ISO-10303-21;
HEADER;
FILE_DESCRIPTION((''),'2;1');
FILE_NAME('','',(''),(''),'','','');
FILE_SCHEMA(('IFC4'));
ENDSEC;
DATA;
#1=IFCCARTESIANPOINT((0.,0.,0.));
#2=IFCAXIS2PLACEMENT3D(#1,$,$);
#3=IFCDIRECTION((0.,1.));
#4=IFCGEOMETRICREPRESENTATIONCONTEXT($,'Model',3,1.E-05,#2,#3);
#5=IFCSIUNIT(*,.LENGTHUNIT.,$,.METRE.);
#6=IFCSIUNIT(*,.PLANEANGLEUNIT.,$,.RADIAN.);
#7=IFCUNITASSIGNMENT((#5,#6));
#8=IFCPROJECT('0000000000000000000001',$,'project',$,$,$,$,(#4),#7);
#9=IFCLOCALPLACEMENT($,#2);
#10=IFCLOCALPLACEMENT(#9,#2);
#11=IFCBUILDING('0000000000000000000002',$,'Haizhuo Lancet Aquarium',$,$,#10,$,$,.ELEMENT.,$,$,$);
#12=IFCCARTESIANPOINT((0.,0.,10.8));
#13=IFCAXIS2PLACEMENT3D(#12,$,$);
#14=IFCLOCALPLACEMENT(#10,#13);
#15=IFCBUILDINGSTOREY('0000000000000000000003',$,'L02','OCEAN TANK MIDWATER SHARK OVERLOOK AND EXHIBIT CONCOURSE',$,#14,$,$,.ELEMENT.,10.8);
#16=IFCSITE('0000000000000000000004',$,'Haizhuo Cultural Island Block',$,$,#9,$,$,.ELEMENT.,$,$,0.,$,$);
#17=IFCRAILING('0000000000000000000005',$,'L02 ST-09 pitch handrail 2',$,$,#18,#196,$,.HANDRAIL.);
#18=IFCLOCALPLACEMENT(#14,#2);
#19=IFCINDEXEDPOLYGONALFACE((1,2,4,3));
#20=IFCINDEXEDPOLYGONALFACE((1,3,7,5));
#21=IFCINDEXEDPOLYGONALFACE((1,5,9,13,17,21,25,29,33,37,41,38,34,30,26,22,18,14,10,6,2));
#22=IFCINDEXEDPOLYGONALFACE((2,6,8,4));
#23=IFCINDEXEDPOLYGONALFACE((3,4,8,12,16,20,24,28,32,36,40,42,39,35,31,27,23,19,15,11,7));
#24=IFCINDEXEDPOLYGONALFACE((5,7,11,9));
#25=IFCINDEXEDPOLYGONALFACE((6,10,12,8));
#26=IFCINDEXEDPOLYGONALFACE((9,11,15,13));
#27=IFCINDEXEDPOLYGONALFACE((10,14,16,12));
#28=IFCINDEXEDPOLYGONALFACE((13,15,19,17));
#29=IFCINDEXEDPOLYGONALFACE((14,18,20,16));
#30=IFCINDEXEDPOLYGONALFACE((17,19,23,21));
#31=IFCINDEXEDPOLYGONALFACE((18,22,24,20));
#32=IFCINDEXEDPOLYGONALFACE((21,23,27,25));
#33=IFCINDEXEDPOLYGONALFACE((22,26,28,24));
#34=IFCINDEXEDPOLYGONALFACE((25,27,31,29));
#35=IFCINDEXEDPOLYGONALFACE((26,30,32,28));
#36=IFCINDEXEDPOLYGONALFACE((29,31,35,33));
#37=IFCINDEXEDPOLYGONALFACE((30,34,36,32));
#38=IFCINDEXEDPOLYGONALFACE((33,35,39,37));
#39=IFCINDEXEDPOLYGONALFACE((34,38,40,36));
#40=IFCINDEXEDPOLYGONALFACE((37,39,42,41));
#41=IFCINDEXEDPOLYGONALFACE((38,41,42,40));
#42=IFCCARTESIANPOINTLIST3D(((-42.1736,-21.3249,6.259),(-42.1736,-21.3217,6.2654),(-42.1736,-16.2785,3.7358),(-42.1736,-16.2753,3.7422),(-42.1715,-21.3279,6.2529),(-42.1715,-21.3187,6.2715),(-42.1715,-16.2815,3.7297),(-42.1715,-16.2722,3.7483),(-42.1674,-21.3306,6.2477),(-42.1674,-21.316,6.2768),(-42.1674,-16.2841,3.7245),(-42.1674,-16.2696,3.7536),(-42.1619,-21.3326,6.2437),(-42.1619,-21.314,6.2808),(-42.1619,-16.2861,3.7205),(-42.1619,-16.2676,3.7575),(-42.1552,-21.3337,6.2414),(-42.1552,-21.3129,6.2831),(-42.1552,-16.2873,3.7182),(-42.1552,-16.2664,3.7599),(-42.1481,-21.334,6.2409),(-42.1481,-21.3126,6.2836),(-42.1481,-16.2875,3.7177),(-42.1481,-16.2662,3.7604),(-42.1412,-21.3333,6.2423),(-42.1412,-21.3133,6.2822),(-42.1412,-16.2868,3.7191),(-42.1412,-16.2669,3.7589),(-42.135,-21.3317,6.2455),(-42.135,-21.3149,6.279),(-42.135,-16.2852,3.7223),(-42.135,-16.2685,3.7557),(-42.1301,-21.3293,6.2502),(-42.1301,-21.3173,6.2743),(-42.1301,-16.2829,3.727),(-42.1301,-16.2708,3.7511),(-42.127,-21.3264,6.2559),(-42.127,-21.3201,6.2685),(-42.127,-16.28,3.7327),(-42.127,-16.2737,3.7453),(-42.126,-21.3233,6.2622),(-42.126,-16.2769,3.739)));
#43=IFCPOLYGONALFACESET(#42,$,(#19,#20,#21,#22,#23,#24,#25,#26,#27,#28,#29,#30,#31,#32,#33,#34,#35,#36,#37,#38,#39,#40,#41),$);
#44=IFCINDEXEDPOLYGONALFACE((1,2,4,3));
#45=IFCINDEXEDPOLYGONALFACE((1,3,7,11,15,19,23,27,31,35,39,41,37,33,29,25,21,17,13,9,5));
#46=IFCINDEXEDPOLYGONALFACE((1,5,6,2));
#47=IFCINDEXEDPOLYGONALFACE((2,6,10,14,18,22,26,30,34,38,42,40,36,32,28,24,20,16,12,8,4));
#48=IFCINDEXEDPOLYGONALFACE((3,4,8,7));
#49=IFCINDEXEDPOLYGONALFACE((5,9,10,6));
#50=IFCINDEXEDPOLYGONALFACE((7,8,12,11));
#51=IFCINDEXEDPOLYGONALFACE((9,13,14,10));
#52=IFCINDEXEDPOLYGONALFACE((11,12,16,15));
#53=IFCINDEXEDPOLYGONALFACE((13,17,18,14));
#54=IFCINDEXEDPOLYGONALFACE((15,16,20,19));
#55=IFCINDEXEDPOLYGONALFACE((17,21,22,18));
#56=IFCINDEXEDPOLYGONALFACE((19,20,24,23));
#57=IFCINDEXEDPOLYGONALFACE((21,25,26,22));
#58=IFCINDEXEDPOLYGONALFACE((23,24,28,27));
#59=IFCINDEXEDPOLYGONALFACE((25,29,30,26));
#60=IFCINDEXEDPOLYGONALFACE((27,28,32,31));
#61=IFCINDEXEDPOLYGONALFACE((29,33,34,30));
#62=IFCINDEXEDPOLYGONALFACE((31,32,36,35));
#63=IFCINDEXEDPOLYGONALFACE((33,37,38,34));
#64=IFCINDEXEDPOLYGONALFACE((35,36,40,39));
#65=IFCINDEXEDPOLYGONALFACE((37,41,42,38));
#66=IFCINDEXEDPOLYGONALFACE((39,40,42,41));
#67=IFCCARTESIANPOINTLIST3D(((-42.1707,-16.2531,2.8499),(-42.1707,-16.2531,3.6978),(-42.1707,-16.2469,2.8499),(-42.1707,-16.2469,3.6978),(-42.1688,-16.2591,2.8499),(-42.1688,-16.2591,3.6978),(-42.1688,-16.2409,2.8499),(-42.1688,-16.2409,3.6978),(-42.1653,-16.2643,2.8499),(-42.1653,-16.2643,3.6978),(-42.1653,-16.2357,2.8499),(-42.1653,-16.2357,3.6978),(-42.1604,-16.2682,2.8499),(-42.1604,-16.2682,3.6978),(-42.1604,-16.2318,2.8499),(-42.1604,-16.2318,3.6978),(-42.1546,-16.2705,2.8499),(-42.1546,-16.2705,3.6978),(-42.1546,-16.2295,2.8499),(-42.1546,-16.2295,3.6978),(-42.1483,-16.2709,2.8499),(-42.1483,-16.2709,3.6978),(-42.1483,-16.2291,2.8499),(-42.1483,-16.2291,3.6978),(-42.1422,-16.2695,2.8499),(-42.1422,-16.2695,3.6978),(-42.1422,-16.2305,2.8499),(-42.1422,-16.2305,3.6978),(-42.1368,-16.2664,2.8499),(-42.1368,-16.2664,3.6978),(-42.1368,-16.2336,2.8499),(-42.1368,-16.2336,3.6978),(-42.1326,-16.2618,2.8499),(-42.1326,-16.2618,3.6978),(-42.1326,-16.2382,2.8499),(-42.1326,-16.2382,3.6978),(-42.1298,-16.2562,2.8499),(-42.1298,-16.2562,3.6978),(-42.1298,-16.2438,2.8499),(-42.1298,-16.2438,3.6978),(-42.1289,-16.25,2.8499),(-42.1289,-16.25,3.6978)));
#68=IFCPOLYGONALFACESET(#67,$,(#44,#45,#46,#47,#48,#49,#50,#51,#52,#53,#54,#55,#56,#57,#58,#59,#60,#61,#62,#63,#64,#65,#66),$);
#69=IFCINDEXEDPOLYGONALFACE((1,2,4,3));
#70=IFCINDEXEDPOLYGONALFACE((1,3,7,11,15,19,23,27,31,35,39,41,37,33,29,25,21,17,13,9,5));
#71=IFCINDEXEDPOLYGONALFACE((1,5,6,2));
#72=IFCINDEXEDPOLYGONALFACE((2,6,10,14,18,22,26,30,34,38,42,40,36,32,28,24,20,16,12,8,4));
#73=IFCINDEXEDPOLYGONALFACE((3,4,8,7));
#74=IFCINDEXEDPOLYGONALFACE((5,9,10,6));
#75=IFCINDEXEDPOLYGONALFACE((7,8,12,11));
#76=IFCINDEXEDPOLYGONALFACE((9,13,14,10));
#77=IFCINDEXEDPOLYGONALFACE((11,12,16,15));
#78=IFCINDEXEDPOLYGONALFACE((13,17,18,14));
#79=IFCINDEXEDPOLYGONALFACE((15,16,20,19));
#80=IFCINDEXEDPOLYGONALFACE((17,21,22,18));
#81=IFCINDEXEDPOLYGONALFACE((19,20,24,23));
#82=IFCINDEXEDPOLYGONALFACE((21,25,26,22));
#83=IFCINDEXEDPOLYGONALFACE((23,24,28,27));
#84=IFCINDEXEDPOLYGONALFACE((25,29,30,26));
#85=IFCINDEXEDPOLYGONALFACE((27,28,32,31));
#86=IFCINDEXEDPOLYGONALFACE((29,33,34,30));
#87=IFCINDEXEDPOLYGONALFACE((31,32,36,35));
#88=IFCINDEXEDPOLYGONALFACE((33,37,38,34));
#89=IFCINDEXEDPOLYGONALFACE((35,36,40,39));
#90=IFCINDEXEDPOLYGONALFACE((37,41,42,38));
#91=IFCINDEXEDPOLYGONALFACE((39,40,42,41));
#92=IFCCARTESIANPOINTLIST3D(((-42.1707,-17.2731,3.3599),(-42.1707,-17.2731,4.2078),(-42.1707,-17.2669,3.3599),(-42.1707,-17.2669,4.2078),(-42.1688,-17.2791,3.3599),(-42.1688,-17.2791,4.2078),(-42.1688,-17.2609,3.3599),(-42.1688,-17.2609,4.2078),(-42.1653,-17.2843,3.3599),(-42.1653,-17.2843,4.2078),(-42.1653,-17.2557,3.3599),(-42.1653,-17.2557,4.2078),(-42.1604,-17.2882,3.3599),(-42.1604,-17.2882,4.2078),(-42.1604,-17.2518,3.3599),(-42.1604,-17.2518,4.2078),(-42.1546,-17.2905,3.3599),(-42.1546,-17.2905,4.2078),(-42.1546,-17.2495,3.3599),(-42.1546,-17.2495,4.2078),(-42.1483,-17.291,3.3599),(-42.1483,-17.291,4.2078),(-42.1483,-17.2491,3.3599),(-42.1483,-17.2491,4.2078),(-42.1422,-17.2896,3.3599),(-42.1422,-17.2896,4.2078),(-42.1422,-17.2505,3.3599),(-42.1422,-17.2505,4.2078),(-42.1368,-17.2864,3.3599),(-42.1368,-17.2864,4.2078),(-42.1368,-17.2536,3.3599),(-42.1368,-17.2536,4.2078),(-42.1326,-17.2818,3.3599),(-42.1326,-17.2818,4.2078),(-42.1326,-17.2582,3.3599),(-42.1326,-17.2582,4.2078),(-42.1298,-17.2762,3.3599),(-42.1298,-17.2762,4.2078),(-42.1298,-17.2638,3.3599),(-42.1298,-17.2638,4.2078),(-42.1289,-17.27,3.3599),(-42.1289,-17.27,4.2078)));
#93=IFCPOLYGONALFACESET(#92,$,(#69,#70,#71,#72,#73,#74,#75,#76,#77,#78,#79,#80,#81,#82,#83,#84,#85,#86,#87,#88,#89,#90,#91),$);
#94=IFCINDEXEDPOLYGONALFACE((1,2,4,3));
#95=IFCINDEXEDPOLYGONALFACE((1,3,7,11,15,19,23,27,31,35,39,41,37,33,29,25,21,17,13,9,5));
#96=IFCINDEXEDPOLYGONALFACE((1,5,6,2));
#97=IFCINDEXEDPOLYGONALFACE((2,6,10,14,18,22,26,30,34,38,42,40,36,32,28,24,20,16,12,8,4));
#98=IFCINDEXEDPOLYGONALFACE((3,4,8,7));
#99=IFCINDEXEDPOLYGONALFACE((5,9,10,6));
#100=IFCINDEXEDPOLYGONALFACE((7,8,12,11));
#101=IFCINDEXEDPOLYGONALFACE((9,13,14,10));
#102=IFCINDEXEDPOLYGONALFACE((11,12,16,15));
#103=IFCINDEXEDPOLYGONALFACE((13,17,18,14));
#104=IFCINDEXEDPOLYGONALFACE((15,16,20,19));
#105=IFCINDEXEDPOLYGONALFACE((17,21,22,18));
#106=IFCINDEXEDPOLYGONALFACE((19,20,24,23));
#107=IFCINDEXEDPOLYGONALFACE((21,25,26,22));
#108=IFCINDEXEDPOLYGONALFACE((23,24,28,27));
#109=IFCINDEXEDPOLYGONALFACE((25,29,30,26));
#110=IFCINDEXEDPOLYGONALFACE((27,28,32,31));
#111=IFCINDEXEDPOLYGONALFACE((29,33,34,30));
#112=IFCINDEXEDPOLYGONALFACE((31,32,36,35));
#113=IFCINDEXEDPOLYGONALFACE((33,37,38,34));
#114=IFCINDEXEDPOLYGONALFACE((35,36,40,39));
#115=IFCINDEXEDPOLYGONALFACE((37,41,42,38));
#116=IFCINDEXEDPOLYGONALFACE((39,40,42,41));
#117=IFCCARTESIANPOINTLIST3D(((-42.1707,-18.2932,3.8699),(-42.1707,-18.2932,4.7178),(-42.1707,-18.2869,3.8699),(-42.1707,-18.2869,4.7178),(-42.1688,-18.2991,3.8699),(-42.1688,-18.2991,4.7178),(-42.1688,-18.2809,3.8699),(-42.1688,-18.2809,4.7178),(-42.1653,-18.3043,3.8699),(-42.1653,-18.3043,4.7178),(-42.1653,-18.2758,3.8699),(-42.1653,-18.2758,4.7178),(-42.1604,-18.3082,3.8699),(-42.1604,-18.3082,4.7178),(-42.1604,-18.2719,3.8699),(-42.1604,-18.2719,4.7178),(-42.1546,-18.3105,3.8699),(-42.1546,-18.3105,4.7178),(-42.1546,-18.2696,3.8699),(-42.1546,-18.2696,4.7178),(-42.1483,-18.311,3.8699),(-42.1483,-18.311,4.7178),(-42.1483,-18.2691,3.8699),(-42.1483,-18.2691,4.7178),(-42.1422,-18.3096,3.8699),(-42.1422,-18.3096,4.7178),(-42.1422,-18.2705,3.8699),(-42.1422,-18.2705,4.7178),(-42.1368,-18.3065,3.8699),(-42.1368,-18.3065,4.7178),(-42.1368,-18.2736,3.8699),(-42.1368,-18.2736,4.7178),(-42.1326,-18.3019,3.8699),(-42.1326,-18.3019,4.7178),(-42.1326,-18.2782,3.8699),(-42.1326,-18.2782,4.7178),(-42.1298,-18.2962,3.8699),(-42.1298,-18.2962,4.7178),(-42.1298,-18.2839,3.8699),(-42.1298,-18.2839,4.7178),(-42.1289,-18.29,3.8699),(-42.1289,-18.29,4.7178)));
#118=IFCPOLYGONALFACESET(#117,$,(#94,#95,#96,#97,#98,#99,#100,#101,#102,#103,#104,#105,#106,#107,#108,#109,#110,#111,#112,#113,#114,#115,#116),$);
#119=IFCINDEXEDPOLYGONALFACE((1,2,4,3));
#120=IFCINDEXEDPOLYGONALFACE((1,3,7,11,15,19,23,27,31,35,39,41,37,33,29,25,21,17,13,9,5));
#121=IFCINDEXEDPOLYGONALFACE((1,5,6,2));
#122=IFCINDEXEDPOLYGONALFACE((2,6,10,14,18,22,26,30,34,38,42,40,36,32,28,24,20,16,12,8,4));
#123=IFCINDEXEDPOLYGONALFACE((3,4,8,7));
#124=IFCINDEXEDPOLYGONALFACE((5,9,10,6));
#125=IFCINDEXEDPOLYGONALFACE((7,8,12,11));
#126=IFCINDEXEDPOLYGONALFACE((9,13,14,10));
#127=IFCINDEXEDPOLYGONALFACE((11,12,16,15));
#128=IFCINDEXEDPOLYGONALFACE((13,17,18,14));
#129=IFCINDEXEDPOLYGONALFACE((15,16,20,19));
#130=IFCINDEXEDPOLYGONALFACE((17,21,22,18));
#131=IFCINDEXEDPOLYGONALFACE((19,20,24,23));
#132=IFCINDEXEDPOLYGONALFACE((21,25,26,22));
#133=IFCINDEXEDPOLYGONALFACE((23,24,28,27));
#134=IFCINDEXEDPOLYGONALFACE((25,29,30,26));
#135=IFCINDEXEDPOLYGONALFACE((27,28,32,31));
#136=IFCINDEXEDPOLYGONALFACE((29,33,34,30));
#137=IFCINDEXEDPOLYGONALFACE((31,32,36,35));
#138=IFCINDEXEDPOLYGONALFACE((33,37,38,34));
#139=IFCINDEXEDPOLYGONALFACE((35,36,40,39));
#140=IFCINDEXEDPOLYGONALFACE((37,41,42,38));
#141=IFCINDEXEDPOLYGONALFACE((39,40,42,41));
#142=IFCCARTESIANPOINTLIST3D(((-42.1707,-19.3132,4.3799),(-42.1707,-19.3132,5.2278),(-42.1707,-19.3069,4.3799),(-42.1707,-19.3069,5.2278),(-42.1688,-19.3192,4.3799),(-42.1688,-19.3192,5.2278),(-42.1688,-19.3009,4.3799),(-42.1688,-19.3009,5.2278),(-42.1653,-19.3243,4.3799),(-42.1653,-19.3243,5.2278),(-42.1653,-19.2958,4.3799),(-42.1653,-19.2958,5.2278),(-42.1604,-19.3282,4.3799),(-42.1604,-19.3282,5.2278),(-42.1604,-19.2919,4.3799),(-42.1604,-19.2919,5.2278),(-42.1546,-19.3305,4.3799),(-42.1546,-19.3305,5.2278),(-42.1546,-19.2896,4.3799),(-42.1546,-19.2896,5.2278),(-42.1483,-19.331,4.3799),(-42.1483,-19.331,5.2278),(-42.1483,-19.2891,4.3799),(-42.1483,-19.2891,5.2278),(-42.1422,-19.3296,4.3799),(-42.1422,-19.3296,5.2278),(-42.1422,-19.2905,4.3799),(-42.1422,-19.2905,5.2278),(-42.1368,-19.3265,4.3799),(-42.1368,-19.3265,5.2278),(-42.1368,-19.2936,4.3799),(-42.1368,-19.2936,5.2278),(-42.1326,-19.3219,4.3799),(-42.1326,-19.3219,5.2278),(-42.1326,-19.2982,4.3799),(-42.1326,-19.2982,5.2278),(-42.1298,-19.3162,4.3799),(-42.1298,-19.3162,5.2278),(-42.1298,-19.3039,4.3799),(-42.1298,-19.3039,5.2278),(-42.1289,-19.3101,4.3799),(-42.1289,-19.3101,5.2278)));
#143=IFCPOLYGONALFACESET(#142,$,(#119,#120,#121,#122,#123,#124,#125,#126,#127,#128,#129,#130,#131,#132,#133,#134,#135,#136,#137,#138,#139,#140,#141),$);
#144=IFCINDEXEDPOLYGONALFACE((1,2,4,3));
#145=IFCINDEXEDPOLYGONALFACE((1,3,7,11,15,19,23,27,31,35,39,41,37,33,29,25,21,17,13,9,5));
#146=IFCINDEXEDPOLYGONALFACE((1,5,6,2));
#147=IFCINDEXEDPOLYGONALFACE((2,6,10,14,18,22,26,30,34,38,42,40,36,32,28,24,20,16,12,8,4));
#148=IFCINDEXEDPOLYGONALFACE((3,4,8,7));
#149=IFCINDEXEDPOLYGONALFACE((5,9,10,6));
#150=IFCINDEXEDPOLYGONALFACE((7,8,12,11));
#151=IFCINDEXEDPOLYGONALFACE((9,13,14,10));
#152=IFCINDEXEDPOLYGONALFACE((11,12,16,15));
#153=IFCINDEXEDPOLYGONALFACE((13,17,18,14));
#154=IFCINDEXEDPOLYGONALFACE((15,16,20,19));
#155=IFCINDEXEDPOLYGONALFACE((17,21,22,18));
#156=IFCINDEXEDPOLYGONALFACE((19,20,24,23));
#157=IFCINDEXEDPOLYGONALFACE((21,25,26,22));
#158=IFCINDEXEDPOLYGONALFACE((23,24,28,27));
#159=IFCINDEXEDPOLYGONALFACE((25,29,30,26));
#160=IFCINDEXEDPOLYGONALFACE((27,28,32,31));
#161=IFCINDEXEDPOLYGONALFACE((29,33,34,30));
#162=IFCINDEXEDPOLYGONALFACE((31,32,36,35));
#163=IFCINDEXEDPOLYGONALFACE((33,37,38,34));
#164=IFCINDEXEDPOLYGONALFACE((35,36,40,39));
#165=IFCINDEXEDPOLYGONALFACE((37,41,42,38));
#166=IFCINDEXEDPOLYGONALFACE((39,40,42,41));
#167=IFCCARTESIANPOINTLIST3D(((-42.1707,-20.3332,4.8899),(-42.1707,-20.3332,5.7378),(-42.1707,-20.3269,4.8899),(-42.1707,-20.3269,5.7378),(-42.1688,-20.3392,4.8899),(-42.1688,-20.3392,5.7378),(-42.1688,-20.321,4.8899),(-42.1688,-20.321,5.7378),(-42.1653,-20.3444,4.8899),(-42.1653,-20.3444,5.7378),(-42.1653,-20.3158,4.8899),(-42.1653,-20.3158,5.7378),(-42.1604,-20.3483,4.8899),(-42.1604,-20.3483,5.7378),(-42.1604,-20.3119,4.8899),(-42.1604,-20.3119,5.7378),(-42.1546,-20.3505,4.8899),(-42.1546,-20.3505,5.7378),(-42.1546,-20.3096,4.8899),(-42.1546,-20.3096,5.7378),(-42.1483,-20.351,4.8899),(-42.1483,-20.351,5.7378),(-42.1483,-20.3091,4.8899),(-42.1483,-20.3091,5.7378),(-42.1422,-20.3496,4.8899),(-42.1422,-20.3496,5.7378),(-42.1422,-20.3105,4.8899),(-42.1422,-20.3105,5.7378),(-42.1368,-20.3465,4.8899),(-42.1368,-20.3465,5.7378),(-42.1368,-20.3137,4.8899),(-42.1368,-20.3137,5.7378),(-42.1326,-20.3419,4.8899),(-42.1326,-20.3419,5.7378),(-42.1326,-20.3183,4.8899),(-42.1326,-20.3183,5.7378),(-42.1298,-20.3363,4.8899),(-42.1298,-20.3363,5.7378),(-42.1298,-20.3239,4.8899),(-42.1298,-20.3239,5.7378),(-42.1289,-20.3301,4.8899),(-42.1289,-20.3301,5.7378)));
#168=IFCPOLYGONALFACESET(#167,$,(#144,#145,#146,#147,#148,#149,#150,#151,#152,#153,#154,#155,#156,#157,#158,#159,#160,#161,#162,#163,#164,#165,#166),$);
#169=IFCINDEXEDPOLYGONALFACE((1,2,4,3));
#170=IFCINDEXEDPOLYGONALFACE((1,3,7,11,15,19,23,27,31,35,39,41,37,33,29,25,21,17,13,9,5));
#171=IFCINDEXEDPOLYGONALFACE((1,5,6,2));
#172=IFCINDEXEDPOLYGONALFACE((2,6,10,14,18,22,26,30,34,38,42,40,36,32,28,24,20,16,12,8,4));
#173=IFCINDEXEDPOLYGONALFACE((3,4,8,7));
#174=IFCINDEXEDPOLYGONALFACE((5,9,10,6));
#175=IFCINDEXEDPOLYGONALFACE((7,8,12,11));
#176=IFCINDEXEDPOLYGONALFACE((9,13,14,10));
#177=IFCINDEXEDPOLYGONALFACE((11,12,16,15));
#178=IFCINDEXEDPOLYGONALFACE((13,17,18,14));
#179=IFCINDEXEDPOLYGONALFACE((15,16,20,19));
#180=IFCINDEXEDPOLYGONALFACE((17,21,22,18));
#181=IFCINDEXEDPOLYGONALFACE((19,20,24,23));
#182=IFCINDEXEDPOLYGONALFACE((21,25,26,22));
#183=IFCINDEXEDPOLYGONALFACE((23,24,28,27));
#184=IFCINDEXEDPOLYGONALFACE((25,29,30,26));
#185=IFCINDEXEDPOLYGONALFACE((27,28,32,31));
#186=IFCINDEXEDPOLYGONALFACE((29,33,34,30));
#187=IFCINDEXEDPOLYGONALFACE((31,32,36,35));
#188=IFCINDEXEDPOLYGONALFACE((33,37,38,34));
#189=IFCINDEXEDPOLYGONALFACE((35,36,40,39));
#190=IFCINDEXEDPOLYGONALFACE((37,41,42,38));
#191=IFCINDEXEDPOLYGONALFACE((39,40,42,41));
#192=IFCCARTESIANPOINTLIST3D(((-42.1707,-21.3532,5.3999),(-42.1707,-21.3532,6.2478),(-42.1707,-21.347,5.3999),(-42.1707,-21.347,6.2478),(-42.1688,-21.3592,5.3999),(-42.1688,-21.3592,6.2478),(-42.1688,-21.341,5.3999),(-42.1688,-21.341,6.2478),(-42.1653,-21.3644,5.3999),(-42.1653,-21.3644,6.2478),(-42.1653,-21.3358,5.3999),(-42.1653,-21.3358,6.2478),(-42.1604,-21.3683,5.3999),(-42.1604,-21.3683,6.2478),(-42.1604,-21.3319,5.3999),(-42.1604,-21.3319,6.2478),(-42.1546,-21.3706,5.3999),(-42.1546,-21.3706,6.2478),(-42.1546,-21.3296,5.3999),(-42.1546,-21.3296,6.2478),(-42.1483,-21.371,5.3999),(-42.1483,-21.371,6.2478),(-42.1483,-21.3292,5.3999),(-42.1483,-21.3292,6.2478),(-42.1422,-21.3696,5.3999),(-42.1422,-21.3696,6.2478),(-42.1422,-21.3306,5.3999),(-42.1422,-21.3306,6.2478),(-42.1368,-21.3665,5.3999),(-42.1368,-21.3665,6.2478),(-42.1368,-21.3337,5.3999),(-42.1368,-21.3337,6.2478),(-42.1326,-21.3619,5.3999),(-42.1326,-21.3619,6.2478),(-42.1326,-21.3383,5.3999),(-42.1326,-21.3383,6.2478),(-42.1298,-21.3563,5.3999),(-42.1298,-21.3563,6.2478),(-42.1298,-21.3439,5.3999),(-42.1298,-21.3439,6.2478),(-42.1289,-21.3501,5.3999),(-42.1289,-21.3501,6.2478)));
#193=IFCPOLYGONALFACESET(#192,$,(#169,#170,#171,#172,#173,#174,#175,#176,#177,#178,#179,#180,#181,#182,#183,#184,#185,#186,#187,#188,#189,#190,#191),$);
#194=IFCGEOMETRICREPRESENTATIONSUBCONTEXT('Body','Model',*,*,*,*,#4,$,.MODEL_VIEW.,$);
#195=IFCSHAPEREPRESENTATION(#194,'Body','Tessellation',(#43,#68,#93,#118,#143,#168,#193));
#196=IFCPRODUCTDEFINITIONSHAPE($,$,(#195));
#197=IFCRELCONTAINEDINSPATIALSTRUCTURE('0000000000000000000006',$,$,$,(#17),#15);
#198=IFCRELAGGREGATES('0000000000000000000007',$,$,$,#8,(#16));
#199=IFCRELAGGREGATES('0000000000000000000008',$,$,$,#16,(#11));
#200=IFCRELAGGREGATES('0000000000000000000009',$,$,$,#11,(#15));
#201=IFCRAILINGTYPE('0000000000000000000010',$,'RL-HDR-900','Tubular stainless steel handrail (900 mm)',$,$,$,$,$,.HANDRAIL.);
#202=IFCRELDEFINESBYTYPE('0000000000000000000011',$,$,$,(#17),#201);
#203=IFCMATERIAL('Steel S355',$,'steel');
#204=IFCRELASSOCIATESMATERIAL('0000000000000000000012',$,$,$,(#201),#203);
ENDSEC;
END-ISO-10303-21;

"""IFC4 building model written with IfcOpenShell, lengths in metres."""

from ifc_helpers import new_model, si_unit, direction, frame, origin, origin_2d, place, context, subcontext, project, spatial, circle, extrude, material, type_object, element, save


model = new_model("IFC4")

# Units and contexts
model_context = context("Model", 3, precision=1e-05, world=origin(), true_north=direction((0.0, 1.0)))
body_context = subcontext(model_context, "Body", "Model", "MODEL_VIEW")
ifc_project = project(units=[si_unit("LENGTHUNIT", "METRE"), si_unit("PLANEANGLEUNIT", "RADIAN")], contexts=[model_context])

# Site, building, storey
site_placement = place(None, origin())
site = spatial("IfcSite", under=ifc_project, at=site_placement, Name="Haizhuo Cultural Island Block", CompositionType="ELEMENT", RefElevation=0.0)
building_placement = place(site_placement, origin())
building = spatial("IfcBuilding", under=site, at=building_placement, Name="Haizhuo Lancet Aquarium", CompositionType="ELEMENT")
storey_placement = place(building_placement, frame((0.0, 0.0, 10.8)))
storey = spatial("IfcBuildingStorey", under=building, at=storey_placement, Name="L02", Description="OCEAN TANK MIDWATER SHARK OVERLOOK AND EXHIBIT CONCOURSE", CompositionType="ELEMENT", Elevation=10.8)

# Shared definitions
ifc_material_1 = material(Name="Steel S355", Category="steel")

# Railing
railing_type_1 = type_object("IfcRailingType", Name="RL-HDR-900", Description="Tubular stainless steel handrail (900 mm)", PredefinedType="HANDRAIL", material=ifc_material_1)
railing_1_placement = place(storey_placement, frame((-42.1499, -16.25, 2.8499)))
element("IfcRailing", 1, at=railing_1_placement, inside=storey, type_object=railing_type_1, Name="L02 ST-09 pitch handrail 2", PredefinedType="HANDRAIL", context=body_context, shape_type="SweptSolid", body=[
    extrude(circle(Radius=0.0239, at=origin_2d()), frame((0.0, -0.0269, 0.8892), z_axis=(0.0, -0.894427, 0.447214), x_axis=(1.0, 0.0, 0.0)), (0.0, 0.0, 1.0), 5.6421),
    extrude(circle(Radius=0.021, at=origin_2d()), origin(), (0.0, 0.0, 1.0), 0.8479),
    extrude(circle(Radius=0.021, at=origin_2d()), frame((0.0, -1.02, 0.51)), (0.0, 0.0, 1.0), 0.8479),
    extrude(circle(Radius=0.021, at=origin_2d()), frame((0.0, -2.04, 1.02)), (0.0, 0.0, 1.0), 0.8479),
    extrude(circle(Radius=0.021, at=origin_2d()), frame((0.0, -3.0601, 1.53)), (0.0, 0.0, 1.0), 0.8479),
    extrude(circle(Radius=0.021, at=origin_2d()), frame((0.0, -4.0801, 2.04)), (0.0, 0.0, 1.0), 0.8479),
    extrude(circle(Radius=0.021, at=origin_2d()), frame((0.0, -5.1001, 2.55)), (0.0, 0.0, 1.0), 0.8479),
])

save(model, "model.ifc")
